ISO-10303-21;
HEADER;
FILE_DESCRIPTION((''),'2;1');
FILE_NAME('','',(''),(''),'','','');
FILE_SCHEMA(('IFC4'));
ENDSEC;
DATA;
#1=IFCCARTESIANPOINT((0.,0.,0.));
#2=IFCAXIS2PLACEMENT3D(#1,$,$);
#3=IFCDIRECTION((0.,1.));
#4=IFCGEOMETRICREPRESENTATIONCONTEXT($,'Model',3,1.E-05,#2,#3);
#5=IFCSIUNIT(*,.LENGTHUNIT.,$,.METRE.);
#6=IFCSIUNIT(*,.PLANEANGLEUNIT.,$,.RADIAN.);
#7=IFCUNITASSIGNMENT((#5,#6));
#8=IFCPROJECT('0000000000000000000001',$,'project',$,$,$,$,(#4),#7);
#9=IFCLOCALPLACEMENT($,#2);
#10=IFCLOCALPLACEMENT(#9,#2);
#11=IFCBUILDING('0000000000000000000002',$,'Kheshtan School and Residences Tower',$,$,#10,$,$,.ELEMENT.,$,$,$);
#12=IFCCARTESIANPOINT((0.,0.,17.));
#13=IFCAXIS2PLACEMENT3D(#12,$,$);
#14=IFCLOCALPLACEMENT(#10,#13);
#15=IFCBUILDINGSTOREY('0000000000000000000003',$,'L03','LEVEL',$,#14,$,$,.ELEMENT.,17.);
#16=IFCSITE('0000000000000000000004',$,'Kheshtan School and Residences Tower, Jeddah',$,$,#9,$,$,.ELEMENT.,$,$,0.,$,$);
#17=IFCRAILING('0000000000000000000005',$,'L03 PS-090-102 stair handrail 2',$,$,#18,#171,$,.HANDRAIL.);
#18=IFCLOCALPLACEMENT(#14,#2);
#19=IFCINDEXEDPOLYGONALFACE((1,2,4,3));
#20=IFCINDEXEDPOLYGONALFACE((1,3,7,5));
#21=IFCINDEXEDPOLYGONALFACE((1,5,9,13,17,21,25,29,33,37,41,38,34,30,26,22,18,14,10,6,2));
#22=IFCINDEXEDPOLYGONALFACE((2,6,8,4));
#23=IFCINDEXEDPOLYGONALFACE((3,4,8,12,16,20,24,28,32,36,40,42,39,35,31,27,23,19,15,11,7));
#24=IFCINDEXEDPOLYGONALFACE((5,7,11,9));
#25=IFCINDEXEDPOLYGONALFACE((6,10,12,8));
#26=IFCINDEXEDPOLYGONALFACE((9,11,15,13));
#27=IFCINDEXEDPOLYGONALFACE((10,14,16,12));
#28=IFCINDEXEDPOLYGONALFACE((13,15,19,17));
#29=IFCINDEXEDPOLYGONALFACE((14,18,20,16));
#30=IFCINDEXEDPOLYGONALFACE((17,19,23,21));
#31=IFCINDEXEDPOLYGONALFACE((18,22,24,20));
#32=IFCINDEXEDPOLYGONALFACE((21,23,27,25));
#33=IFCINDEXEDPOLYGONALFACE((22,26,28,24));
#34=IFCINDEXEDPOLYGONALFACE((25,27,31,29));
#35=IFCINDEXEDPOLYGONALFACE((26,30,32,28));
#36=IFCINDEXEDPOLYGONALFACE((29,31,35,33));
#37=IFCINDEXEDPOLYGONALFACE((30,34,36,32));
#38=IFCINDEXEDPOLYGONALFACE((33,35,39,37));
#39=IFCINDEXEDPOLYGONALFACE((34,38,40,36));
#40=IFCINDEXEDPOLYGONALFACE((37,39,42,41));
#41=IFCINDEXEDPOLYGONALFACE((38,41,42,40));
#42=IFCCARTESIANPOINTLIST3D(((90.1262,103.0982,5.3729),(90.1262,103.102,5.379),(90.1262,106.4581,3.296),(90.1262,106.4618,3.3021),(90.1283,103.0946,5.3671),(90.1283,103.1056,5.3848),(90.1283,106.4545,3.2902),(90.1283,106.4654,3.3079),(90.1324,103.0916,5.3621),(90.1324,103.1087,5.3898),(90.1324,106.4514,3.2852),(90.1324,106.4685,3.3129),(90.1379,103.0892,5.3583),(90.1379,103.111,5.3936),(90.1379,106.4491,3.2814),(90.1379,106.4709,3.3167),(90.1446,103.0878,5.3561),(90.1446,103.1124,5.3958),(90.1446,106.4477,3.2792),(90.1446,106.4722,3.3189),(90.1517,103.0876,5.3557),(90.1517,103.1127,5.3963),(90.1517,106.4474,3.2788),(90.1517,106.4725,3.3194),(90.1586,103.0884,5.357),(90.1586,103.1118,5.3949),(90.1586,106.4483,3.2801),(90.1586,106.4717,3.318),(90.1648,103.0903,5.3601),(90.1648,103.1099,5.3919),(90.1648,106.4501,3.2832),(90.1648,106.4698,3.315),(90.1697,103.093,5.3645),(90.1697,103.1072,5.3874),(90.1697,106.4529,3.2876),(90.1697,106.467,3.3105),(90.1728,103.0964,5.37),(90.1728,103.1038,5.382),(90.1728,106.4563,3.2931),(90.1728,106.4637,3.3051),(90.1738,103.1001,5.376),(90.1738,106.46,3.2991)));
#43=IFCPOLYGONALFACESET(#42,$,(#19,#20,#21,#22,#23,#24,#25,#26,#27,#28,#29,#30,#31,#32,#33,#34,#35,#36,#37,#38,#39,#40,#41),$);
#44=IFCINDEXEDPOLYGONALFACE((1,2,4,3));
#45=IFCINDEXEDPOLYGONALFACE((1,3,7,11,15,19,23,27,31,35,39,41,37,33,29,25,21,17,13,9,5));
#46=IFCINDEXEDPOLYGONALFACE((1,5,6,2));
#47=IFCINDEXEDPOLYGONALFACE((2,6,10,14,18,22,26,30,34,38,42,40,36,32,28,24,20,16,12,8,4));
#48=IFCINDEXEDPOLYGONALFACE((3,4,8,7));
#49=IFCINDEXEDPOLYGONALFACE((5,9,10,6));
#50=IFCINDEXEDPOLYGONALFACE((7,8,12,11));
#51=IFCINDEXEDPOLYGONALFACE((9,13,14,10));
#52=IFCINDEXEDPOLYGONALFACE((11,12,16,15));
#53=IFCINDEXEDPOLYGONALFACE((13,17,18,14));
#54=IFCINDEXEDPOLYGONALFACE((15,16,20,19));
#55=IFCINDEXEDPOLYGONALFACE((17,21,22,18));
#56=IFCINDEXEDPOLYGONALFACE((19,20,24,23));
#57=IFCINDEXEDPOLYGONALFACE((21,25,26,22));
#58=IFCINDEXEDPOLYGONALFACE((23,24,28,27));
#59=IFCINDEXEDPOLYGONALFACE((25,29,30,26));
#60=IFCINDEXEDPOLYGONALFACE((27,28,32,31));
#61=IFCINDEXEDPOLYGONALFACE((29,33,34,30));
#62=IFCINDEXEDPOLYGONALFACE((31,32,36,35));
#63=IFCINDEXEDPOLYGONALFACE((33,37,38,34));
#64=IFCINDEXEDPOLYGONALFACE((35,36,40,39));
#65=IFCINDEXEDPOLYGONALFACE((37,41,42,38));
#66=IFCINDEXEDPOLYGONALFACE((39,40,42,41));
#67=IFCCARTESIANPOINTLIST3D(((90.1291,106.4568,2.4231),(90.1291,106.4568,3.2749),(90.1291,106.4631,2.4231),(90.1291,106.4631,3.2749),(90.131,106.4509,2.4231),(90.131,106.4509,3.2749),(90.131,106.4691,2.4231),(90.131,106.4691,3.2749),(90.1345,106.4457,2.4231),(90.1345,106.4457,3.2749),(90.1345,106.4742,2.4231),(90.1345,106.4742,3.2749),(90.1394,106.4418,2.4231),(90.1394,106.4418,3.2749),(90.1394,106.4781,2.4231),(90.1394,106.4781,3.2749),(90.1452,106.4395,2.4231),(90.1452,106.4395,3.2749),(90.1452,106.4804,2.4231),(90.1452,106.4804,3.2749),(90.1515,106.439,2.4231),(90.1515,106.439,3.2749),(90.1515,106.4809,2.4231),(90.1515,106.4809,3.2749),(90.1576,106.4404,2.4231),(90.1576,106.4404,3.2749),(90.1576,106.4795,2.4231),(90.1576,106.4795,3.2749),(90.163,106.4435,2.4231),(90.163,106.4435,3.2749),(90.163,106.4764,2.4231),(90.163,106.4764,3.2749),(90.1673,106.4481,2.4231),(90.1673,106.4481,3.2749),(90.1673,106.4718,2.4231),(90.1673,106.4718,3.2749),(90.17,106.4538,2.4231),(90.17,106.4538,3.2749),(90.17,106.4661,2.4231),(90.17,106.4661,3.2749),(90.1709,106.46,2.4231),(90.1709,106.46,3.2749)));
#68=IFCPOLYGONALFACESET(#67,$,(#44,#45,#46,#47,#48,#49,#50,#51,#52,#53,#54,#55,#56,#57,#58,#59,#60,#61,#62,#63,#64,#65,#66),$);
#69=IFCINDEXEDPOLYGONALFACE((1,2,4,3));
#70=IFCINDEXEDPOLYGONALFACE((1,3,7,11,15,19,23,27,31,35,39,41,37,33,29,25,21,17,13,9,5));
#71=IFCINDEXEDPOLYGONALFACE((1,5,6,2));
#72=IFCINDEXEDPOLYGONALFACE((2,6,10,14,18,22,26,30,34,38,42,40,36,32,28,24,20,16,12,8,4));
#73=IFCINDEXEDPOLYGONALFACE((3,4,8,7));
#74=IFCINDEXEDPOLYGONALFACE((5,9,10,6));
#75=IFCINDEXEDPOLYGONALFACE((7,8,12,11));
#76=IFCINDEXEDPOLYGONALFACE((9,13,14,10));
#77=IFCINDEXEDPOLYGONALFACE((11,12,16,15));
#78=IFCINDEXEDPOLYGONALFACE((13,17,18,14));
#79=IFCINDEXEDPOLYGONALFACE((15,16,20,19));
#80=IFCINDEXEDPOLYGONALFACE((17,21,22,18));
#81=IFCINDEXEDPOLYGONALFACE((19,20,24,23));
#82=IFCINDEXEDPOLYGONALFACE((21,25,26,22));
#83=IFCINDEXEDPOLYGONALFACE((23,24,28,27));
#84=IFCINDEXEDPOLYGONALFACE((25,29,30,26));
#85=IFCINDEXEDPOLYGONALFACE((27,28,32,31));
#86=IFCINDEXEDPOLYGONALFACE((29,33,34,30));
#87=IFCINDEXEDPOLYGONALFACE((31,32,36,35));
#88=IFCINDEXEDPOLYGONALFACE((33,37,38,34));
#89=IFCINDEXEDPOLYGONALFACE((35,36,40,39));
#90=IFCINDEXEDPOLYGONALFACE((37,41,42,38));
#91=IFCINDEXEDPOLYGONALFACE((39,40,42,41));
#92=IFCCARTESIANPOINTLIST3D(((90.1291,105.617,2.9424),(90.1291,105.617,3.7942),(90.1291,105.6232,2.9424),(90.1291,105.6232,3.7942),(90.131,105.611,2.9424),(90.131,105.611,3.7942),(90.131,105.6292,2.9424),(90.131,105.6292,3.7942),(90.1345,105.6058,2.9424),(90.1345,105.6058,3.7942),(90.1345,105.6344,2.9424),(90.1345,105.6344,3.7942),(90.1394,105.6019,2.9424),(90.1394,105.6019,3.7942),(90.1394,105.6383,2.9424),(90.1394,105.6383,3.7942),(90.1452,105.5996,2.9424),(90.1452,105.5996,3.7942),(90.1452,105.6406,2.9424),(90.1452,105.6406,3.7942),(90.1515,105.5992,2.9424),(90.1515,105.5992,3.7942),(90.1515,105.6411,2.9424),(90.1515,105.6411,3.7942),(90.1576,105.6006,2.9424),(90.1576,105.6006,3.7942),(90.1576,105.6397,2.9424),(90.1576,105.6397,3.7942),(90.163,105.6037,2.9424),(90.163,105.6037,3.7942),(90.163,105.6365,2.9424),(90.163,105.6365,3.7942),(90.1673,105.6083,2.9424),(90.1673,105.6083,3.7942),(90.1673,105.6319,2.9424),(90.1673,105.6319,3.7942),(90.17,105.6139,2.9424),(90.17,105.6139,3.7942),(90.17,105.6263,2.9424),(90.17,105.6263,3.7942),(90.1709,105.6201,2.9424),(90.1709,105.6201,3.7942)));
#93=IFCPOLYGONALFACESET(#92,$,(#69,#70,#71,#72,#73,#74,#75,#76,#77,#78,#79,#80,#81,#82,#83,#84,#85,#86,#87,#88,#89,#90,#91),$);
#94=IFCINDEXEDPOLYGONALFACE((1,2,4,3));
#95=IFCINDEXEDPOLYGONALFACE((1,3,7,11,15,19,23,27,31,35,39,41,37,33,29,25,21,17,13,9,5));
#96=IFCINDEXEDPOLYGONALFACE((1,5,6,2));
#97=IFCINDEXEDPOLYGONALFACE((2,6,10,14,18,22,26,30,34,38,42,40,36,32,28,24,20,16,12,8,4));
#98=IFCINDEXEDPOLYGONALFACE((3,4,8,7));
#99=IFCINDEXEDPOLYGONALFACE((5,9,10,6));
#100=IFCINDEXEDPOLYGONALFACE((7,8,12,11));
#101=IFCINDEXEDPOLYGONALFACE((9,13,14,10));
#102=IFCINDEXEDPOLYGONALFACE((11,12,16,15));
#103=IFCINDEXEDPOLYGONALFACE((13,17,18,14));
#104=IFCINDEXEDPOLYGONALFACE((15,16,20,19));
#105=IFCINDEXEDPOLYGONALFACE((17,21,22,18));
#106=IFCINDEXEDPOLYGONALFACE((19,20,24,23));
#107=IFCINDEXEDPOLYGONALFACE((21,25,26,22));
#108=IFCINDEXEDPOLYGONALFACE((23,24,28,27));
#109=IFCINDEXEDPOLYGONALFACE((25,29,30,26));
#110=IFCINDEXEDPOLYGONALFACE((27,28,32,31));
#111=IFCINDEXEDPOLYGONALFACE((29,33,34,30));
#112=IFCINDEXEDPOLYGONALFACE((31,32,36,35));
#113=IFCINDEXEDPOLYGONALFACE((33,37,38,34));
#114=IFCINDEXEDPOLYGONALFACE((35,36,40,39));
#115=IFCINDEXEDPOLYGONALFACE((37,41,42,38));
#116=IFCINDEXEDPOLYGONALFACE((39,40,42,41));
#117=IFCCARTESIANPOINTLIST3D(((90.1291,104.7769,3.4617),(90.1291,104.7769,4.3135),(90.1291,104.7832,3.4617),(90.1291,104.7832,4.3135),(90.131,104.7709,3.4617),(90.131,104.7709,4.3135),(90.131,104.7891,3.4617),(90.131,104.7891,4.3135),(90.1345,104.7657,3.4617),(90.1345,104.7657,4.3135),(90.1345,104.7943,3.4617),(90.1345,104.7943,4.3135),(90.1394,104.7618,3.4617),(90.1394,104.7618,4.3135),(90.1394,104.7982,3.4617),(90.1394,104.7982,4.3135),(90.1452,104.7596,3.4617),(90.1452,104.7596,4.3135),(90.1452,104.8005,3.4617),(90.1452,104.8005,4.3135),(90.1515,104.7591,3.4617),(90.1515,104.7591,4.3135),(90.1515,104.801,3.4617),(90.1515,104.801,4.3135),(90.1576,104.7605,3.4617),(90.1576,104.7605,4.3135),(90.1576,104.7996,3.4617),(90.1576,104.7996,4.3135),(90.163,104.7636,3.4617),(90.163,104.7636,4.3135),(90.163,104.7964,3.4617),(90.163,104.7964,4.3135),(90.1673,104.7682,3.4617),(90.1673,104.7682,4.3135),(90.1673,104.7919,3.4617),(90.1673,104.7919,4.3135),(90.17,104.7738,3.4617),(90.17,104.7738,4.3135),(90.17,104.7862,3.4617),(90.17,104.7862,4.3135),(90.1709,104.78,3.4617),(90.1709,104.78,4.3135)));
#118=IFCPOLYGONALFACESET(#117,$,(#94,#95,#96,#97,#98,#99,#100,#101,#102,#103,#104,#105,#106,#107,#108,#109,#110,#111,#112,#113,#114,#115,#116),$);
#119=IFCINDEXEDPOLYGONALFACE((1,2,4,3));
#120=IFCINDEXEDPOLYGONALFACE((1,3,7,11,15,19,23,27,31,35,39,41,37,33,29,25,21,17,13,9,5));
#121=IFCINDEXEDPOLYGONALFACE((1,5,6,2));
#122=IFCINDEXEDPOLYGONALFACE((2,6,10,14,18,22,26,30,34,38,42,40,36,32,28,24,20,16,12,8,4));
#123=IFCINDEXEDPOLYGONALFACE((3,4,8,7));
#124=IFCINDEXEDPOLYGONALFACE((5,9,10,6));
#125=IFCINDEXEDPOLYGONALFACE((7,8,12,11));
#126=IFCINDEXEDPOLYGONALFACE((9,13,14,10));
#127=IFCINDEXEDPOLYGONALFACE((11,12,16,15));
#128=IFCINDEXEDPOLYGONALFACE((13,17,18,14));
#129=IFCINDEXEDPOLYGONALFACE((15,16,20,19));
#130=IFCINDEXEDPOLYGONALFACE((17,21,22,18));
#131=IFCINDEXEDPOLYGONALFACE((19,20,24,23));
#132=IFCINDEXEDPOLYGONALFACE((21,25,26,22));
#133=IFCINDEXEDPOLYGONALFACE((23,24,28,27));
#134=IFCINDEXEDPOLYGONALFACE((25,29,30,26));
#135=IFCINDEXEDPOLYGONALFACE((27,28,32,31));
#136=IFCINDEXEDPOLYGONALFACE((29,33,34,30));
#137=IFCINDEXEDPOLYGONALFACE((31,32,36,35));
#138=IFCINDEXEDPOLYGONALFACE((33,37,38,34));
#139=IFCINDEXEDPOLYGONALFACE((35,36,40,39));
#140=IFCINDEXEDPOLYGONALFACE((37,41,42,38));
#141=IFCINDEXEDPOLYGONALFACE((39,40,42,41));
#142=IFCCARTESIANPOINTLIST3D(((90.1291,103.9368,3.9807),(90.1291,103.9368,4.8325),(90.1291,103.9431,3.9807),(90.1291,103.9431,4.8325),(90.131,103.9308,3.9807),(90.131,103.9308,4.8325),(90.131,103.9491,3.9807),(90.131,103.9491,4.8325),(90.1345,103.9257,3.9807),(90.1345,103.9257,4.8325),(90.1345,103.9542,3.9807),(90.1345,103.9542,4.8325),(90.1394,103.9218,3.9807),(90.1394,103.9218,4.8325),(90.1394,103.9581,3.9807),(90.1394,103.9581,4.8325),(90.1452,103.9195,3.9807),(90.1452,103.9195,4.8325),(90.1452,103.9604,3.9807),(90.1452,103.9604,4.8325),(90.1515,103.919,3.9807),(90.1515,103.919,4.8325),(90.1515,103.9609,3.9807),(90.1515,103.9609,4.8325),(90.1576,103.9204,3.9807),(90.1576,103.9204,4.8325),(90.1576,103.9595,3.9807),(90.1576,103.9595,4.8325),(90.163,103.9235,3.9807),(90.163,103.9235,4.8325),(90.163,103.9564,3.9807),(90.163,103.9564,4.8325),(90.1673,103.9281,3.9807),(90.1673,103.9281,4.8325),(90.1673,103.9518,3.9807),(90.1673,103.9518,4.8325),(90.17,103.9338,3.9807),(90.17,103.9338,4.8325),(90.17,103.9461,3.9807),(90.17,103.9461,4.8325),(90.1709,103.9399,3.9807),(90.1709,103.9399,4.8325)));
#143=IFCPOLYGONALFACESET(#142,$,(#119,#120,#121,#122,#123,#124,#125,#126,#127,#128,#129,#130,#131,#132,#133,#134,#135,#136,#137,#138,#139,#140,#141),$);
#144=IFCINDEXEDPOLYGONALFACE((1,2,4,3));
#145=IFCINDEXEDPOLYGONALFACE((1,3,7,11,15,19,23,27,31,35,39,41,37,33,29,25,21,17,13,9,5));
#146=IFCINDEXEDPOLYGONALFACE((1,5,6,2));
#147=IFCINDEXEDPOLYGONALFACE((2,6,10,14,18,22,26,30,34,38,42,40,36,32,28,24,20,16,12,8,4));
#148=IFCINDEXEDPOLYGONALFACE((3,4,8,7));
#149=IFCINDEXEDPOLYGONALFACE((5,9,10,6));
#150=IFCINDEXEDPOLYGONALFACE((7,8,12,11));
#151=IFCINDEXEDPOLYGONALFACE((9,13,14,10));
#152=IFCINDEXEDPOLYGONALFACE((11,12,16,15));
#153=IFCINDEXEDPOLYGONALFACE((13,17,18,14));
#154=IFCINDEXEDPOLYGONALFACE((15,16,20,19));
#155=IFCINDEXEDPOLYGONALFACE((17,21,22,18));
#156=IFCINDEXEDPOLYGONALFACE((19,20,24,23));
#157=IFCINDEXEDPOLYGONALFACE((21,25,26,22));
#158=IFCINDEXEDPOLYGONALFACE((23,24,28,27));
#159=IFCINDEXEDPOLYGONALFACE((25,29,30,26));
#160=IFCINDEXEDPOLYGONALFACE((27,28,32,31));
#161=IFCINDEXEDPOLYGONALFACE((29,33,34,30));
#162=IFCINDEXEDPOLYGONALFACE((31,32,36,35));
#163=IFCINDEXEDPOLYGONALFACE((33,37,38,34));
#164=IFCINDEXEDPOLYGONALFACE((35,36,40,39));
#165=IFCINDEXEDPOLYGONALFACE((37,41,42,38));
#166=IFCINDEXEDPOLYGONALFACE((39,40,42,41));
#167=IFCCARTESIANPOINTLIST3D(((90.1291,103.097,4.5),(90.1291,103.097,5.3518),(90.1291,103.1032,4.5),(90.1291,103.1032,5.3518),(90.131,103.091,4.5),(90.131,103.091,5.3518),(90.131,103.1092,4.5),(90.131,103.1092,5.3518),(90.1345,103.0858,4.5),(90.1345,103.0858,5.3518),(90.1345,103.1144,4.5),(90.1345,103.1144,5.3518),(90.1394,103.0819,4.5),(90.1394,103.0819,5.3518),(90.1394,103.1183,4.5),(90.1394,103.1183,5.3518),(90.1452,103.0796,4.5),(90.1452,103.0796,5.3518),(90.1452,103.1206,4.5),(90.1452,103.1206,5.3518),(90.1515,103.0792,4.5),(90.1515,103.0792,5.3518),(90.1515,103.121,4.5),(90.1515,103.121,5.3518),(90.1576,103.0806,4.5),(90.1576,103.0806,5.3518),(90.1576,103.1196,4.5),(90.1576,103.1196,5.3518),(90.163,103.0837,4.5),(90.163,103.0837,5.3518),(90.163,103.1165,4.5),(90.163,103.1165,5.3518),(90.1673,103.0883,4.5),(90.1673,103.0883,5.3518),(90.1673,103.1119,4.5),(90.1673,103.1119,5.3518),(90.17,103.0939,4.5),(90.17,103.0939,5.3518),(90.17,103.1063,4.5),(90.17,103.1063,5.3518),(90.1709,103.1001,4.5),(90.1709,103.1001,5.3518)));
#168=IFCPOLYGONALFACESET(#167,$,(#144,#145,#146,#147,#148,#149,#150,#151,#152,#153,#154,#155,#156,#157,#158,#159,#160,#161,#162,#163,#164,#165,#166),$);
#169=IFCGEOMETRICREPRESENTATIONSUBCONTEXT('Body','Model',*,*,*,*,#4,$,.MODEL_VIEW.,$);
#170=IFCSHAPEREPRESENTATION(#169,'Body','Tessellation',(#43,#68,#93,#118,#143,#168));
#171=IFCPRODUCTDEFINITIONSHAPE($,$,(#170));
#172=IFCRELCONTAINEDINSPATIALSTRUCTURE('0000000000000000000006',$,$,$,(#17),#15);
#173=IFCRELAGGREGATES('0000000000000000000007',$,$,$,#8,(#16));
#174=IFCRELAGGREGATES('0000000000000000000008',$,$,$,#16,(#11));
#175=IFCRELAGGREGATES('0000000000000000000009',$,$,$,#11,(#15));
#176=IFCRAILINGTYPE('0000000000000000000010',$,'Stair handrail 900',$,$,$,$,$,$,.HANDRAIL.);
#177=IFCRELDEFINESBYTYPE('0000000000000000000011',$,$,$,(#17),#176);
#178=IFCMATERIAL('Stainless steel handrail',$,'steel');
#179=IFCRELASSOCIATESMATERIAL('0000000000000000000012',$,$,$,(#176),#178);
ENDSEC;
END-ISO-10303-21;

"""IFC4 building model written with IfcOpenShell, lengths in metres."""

from ifc_helpers import new_model, si_unit, direction, frame, origin, origin_2d, place, context, subcontext, project, spatial, circle, extrude, material, type_object, element, save


model = new_model("IFC4")

# Units and contexts
model_context = context("Model", 3, precision=1e-05, world=origin(), true_north=direction((0.0, 1.0)))
body_context = subcontext(model_context, "Body", "Model", "MODEL_VIEW")
ifc_project = project(units=[si_unit("LENGTHUNIT", "METRE"), si_unit("PLANEANGLEUNIT", "RADIAN")], contexts=[model_context])

# Site, building, storey
site_placement = place(None, origin())
site = spatial("IfcSite", under=ifc_project, at=site_placement, Name="Kheshtan School and Residences Tower, Jeddah", CompositionType="ELEMENT", RefElevation=0.0)
building_placement = place(site_placement, origin())
building = spatial("IfcBuilding", under=site, at=building_placement, Name="Kheshtan School and Residences Tower", CompositionType="ELEMENT")
storey_placement = place(building_placement, frame((0.0, 0.0, 17.0)))
storey = spatial("IfcBuildingStorey", under=building, at=storey_placement, Name="L03", Description="LEVEL", CompositionType="ELEMENT", Elevation=17.0)

# Railing
ifc_material_1 = material(Name="Stainless steel handrail", Category="steel")
railing_type_1 = type_object("IfcRailingType", Name="Stair handrail 900", PredefinedType="HANDRAIL", material=ifc_material_1)
railing_1_placement = place(storey_placement, frame((90.1499, 106.46, 2.4231)))
element("IfcRailing", 1, at=railing_1_placement, inside=storey, type_object=railing_type_1, Name="L03 PS-090-102 stair handrail 2", PredefinedType="HANDRAIL", context=body_context, shape_type="SweptSolid", body=[
    extrude(circle(Radius=0.0239, at=origin_2d()), frame((0.0, 0.0, 0.876), z_axis=(0.0, -0.850606, 0.525803), x_axis=(1.0, 0.0, 0.0)), (0.0, 0.0, 1.0), 3.95),
    extrude(circle(Radius=0.021, at=origin_2d()), origin(), (0.0, 0.0, 1.0), 0.8518),
    extrude(circle(Radius=0.021, at=origin_2d()), frame((0.0, -0.8398, 0.5193)), (0.0, 0.0, 1.0), 0.8518),
    extrude(circle(Radius=0.021, at=origin_2d()), frame((0.0, -1.6799, 1.0386)), (0.0, 0.0, 1.0), 0.8518),
    extrude(circle(Radius=0.021, at=origin_2d()), frame((0.0, -2.52, 1.5576)), (0.0, 0.0, 1.0), 0.8518),
    extrude(circle(Radius=0.021, at=origin_2d()), frame((0.0, -3.3599, 2.0769)), (0.0, 0.0, 1.0), 0.8518),
])

save(model, "model.ifc")
